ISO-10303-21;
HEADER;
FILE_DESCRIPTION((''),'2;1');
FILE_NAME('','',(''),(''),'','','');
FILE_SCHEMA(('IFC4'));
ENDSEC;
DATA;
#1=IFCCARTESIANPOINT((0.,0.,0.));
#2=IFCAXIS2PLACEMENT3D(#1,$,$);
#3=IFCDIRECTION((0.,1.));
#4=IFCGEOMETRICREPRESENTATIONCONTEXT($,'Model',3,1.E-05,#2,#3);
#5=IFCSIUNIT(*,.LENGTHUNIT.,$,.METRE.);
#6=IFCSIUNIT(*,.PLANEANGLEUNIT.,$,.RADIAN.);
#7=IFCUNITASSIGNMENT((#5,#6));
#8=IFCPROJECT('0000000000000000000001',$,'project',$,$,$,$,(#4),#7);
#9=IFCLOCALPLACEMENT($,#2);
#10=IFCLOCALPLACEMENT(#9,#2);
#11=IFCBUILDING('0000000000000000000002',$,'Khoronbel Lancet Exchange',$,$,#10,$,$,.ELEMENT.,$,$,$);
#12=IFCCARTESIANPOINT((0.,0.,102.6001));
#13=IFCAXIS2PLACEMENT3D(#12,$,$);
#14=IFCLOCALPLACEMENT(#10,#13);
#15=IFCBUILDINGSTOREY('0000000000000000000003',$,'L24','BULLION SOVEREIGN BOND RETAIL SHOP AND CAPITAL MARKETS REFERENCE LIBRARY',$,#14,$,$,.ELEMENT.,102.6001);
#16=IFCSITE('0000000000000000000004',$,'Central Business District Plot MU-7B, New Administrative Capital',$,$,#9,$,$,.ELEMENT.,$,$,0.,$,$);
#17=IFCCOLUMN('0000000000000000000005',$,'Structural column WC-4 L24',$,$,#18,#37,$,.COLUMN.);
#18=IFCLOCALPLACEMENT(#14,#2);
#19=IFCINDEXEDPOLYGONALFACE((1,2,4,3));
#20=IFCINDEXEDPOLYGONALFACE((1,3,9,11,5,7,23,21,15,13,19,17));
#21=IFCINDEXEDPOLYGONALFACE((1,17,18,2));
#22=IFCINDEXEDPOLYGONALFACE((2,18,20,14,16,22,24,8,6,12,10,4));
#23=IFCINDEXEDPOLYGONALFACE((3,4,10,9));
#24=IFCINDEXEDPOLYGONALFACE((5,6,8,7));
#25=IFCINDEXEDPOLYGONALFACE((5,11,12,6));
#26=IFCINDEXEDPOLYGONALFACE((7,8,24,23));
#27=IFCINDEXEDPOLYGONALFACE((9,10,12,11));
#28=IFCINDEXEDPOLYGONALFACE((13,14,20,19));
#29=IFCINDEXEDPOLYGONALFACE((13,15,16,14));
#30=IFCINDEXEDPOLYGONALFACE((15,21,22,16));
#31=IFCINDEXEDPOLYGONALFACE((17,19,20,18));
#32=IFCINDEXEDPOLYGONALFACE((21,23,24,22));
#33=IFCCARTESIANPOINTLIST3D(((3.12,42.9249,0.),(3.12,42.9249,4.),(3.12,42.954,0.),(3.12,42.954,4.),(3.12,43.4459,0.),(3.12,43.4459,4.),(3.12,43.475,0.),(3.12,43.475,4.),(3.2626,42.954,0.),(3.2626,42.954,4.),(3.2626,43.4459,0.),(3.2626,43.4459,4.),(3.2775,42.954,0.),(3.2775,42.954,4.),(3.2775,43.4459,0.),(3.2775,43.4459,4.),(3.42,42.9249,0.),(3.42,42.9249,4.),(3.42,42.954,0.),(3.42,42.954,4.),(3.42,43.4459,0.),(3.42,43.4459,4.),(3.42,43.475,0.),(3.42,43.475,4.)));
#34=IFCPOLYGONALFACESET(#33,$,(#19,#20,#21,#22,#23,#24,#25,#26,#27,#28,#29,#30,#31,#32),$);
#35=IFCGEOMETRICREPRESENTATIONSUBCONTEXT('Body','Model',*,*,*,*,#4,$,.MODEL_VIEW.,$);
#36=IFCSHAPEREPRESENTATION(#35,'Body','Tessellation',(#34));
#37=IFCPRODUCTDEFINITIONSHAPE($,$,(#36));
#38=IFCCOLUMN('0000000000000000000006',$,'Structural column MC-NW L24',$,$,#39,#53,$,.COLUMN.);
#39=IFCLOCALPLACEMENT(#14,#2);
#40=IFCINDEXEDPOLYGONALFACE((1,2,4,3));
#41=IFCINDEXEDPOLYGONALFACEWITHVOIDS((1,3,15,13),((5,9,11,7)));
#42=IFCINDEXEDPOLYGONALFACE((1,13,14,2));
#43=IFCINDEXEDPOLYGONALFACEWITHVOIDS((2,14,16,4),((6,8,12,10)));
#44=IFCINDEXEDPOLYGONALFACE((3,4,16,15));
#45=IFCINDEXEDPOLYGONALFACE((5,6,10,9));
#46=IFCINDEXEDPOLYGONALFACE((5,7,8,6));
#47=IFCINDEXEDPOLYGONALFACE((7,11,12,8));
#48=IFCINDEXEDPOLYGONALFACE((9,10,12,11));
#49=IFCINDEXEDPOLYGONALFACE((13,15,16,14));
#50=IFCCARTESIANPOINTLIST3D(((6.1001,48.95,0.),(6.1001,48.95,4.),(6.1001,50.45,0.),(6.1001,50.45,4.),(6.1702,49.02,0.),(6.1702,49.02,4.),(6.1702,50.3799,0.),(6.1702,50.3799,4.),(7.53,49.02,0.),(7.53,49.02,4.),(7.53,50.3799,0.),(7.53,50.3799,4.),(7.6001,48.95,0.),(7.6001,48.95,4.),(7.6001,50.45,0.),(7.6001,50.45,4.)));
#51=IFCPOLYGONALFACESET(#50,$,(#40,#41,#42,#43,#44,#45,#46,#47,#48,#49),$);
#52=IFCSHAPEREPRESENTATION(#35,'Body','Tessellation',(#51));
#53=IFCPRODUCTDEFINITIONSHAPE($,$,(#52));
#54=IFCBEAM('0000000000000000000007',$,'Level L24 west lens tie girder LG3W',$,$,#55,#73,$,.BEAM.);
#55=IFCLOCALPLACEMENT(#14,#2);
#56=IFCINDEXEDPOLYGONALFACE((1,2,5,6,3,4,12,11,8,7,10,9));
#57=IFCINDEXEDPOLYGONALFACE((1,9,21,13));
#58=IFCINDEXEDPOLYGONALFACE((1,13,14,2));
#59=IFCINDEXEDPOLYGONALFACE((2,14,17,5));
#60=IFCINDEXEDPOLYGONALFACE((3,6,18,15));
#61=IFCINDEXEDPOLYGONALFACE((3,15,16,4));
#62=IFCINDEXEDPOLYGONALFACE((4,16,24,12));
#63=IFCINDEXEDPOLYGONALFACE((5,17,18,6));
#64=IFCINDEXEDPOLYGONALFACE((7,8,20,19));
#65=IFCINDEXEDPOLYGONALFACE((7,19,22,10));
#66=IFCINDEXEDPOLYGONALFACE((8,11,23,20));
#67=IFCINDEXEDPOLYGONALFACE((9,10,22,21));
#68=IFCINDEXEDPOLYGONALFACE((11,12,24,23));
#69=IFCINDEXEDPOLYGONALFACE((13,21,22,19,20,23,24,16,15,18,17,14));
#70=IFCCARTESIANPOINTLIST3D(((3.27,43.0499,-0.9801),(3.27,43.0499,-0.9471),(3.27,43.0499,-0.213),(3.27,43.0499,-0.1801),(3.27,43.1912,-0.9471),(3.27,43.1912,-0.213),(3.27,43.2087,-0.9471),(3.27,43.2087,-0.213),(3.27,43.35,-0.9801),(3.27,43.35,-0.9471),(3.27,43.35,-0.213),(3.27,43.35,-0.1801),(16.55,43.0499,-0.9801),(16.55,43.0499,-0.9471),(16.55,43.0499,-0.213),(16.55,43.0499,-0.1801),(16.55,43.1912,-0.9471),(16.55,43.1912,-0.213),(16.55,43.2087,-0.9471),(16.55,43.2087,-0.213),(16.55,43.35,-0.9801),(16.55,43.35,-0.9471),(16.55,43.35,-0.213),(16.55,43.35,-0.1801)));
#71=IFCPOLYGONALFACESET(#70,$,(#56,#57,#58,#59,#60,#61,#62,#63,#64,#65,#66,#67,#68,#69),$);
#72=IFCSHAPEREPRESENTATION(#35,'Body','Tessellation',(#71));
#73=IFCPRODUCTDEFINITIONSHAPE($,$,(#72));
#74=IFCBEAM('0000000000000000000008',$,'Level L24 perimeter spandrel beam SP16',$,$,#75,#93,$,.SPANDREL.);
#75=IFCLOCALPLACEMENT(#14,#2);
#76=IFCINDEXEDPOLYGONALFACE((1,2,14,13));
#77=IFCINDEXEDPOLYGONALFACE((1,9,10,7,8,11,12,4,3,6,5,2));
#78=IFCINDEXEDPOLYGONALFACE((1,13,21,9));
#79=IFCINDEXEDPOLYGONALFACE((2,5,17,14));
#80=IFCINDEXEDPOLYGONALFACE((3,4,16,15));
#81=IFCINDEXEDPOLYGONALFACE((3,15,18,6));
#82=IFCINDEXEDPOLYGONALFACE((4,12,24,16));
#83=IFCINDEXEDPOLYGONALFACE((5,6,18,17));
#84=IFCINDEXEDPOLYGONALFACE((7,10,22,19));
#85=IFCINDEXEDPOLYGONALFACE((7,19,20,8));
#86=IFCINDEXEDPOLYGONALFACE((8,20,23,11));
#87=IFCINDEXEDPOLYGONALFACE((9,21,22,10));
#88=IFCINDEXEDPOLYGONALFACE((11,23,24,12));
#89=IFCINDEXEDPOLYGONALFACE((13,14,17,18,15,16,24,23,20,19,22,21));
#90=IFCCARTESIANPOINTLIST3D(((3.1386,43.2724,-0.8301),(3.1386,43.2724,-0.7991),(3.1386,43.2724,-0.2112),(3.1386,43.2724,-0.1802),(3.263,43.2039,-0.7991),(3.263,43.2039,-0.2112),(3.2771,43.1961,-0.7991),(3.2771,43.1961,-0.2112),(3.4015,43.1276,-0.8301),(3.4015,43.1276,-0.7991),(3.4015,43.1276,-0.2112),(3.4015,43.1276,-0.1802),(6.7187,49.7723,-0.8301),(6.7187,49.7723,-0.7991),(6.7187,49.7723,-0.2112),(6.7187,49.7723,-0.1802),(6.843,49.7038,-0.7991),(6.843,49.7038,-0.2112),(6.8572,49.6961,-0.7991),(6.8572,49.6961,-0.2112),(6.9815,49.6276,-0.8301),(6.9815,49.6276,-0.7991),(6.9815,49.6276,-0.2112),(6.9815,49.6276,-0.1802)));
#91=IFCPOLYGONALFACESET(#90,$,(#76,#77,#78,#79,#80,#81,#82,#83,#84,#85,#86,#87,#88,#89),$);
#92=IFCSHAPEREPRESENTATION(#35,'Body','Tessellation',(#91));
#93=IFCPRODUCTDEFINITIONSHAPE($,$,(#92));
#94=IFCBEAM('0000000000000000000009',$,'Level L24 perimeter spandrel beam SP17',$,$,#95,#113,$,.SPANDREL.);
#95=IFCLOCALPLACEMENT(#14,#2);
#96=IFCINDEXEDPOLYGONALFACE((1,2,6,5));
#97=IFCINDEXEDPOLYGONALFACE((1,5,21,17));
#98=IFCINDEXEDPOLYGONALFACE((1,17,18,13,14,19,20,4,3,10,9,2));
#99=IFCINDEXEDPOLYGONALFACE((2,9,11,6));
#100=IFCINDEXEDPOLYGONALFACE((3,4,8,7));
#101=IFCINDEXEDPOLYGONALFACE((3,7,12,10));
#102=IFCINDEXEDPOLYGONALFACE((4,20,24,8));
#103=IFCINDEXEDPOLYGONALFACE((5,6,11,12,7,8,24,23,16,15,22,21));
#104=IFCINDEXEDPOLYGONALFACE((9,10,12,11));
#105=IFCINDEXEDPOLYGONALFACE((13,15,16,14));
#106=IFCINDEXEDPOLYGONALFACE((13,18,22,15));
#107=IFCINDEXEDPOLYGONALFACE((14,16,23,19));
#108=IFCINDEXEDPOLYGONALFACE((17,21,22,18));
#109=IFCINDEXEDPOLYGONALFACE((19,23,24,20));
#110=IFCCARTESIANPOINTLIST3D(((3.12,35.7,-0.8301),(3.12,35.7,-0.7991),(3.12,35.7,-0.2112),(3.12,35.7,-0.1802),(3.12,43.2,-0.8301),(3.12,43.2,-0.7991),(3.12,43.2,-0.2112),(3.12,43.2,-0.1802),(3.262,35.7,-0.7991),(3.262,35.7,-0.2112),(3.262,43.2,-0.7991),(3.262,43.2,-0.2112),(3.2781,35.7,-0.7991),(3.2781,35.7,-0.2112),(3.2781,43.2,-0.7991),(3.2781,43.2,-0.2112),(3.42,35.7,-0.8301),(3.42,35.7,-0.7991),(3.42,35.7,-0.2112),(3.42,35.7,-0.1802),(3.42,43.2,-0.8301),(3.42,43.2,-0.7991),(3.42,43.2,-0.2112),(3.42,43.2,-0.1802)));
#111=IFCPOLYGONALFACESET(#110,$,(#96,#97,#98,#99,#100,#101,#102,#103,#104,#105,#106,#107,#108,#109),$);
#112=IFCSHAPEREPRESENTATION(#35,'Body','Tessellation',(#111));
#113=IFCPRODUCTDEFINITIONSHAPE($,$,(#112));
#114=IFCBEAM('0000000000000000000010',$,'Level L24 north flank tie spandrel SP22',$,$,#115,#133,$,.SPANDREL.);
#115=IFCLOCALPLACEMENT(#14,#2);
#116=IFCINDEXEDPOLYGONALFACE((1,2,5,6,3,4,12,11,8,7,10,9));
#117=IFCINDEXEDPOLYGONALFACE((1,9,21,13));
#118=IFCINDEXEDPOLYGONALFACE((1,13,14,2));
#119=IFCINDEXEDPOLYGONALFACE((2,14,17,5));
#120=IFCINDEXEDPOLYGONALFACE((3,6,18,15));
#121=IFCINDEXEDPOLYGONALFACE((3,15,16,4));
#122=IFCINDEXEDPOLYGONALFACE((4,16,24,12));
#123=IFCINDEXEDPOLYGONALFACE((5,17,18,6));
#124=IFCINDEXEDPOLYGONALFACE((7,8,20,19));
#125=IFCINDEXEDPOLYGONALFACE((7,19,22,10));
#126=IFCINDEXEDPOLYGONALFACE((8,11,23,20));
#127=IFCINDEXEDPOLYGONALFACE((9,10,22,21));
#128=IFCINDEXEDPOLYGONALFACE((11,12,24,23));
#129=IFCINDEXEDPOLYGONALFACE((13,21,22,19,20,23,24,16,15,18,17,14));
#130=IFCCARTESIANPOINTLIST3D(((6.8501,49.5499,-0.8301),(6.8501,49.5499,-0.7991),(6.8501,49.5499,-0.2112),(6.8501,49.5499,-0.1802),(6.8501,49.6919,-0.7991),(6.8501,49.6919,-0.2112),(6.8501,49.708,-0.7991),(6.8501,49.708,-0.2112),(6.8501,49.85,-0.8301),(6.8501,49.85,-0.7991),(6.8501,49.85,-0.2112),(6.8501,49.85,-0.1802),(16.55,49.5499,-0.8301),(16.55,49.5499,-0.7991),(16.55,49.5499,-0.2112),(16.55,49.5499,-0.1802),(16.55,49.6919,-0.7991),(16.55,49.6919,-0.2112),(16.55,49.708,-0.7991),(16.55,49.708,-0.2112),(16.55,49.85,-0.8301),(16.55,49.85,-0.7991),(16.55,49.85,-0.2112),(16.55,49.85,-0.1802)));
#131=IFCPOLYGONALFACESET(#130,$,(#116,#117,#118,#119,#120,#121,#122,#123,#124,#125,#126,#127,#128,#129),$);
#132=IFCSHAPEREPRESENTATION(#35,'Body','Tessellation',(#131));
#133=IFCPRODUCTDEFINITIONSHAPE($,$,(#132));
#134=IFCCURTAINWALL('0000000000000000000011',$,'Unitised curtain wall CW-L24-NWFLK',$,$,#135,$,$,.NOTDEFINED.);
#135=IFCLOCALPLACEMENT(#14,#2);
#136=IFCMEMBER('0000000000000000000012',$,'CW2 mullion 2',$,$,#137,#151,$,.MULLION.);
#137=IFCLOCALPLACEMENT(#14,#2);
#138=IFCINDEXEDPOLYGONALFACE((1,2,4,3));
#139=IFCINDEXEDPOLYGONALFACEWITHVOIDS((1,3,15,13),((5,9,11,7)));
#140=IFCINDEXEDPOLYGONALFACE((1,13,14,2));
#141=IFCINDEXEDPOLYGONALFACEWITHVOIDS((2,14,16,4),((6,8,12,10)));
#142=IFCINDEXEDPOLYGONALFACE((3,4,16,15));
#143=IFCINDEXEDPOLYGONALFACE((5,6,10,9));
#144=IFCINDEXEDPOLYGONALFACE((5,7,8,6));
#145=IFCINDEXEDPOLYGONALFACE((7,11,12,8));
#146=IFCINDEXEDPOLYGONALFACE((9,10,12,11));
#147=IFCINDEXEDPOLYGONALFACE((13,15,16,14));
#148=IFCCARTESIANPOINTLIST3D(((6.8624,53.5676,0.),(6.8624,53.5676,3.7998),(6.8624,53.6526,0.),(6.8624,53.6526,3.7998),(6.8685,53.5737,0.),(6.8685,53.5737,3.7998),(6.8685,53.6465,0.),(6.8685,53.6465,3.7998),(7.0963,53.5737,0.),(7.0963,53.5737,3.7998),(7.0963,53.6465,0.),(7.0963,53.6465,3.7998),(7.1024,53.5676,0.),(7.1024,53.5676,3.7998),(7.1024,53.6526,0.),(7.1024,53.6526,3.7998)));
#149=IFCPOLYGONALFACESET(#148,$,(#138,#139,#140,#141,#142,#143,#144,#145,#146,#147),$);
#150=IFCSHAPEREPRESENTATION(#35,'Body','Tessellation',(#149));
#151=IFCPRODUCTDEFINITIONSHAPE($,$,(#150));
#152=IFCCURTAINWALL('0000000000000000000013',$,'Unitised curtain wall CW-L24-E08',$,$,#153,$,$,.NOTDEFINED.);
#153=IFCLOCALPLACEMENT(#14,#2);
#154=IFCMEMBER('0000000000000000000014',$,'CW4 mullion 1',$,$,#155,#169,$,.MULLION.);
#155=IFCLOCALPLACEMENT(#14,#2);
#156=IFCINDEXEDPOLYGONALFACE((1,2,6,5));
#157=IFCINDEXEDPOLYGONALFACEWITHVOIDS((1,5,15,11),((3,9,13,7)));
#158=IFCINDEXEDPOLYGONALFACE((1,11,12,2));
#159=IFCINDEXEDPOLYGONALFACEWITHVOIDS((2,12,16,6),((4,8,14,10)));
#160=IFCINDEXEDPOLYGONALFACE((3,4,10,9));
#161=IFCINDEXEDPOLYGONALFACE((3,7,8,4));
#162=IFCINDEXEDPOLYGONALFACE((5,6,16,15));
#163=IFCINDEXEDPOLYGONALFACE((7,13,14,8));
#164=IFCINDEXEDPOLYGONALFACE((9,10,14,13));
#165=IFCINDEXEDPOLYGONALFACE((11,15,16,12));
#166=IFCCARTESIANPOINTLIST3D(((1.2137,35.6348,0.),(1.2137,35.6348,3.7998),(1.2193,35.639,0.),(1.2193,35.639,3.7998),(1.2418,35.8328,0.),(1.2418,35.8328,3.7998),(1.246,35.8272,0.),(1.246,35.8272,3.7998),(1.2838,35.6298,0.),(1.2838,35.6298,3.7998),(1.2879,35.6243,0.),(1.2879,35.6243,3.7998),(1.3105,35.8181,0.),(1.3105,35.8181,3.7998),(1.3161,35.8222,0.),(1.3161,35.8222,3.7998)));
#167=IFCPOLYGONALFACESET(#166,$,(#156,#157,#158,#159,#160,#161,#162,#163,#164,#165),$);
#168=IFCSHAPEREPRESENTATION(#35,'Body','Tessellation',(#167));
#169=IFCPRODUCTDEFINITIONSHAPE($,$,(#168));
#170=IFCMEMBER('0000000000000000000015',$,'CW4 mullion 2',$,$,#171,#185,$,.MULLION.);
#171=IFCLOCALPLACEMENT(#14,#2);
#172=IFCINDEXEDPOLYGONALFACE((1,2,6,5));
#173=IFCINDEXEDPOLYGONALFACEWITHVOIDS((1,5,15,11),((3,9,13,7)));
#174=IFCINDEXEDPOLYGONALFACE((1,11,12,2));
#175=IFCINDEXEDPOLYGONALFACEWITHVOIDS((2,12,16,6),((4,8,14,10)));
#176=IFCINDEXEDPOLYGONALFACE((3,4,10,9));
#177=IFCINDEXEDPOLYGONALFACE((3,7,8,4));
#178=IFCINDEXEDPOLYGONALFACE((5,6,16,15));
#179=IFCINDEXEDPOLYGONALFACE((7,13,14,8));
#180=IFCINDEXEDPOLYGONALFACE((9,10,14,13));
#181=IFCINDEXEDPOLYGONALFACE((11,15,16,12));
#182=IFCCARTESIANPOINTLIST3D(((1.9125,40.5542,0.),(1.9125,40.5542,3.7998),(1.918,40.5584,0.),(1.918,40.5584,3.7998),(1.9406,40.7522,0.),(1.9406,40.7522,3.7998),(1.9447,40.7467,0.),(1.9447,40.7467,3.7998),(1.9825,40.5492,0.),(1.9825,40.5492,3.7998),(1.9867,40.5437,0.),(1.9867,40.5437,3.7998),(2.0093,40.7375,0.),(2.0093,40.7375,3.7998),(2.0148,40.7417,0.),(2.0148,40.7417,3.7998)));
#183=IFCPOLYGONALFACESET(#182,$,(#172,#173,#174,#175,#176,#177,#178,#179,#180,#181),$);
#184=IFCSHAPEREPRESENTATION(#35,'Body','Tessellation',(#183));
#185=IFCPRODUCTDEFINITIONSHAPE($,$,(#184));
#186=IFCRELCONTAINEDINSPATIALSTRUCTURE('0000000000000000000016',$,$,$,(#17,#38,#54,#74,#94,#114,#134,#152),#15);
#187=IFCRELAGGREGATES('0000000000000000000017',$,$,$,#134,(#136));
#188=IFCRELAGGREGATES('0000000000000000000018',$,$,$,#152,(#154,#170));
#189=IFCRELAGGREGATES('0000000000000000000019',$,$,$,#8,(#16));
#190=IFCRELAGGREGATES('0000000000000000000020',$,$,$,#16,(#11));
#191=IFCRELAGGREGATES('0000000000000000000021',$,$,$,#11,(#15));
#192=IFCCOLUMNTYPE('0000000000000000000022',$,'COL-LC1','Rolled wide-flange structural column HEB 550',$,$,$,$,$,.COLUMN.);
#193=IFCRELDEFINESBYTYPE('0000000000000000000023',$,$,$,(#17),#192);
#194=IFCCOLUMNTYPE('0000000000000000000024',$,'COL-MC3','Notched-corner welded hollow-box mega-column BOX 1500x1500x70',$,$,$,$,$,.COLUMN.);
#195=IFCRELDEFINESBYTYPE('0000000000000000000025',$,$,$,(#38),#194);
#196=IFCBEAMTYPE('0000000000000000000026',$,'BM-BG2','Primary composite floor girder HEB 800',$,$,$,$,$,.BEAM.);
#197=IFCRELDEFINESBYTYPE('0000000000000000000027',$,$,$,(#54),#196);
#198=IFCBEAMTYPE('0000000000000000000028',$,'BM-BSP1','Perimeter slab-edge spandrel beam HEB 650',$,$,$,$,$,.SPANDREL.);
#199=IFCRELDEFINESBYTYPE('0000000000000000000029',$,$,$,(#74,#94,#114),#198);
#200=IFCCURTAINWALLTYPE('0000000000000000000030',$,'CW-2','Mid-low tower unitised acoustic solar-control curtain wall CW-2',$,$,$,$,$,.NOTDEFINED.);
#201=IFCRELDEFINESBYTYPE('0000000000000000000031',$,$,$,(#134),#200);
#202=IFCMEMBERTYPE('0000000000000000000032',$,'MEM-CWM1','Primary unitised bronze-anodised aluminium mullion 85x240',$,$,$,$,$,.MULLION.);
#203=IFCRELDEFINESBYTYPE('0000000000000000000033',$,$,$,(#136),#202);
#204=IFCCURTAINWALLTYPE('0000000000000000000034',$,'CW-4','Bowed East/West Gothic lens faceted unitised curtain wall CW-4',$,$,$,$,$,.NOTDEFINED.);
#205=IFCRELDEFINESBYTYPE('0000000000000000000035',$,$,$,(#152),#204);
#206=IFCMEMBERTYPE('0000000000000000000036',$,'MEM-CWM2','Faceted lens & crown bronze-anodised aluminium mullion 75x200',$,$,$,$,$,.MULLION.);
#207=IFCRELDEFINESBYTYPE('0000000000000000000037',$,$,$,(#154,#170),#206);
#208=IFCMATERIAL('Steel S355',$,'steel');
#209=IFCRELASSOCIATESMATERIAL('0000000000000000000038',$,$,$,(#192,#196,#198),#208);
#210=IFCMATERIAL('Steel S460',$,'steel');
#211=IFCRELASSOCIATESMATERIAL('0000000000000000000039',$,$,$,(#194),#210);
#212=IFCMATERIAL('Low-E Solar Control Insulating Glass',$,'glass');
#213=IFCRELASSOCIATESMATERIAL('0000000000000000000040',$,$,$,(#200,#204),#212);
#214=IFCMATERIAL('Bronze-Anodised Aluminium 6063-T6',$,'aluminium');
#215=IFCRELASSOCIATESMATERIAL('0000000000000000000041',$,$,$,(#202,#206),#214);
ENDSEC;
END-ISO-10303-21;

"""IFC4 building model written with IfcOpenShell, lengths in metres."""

from ifc_helpers import new_model, si_unit, direction, frame, origin, origin_2d, place, context, subcontext, project, spatial, hollow_rectangle, i_section, extrude, material, material_profile, profile_set, type_object, element, aggregate, save


model = new_model("IFC4")

# Units and contexts
model_context = context("Model", 3, precision=1e-05, world=origin(), true_north=direction((0.0, 1.0)))
body_context = subcontext(model_context, "Body", "Model", "MODEL_VIEW")
ifc_project = project(units=[si_unit("LENGTHUNIT", "METRE"), si_unit("PLANEANGLEUNIT", "RADIAN")], contexts=[model_context])

# Site, building, storey
site_placement = place(None, origin())
site = spatial("IfcSite", under=ifc_project, at=site_placement, Name="Central Business District Plot MU-7B, New Administrative Capital", CompositionType="ELEMENT", RefElevation=0.0)
building_placement = place(site_placement, origin())
building = spatial("IfcBuilding", under=site, at=building_placement, Name="Khoronbel Lancet Exchange", CompositionType="ELEMENT")
storey_placement = place(building_placement, frame((0.0, 0.0, 102.6001)))
storey = spatial("IfcBuildingStorey", under=building, at=storey_placement, Name="L24", Description="BULLION SOVEREIGN BOND RETAIL SHOP AND CAPITAL MARKETS REFERENCE LIBRARY", CompositionType="ELEMENT", Elevation=102.6001)

# Columns
ifc_material_1 = material(Name="Steel S355", Category="steel")
ifc_material_profile_1 = material_profile(ifc_material_1, i_section(OverallWidth=0.3, OverallDepth=0.55, WebThickness=0.0149, FlangeThickness=0.0291, at=origin_2d()), Name="HEB 550")
ifc_profile_set_1 = profile_set([ifc_material_profile_1], Name="Steel S355")
column_type_1 = type_object("IfcColumnType", Name="COL-LC1", Description="Rolled wide-flange structural column HEB 550", PredefinedType="COLUMN", material=ifc_profile_set_1)
column_1_placement = place(storey_placement, frame((3.27, 43.2, 0.0), z_axis=(0.0, 0.0, 1.0), x_axis=(1.0, 0.0, 0.0)))
element("IfcColumn", 1, at=column_1_placement, inside=storey, type_object=column_type_1, Name="Structural column WC-4 L24", PredefinedType="COLUMN", context=body_context, shape_type="SweptSolid", body=[
    extrude(i_section(OverallWidth=0.3, OverallDepth=0.55, WebThickness=0.0149, FlangeThickness=0.0291, at=origin_2d()), origin(), (0.0, 0.0, 1.0), 4.0),
])
ifc_material_2 = material(Name="Steel S460", Category="steel")
ifc_material_profile_2 = material_profile(ifc_material_2, hollow_rectangle(XDim=1.5, YDim=1.5, WallThickness=0.0701, at=origin_2d()), Name="BOX 1500x1500x70")
ifc_profile_set_2 = profile_set([ifc_material_profile_2], Name="Steel S460")
column_type_2 = type_object("IfcColumnType", Name="COL-MC3", Description="Notched-corner welded hollow-box mega-column BOX 1500x1500x70", PredefinedType="COLUMN", material=ifc_profile_set_2)
column_2_placement = place(storey_placement, frame((6.8501, 49.7, 0.0), z_axis=(0.0, 0.0, 1.0), x_axis=(1.0, 0.0, 0.0)))
element("IfcColumn", 2, at=column_2_placement, inside=storey, type_object=column_type_2, Name="Structural column MC-NW L24", PredefinedType="COLUMN", context=body_context, shape_type="SweptSolid", body=[
    extrude(hollow_rectangle(XDim=1.5, YDim=1.5, WallThickness=0.0701, at=origin_2d()), origin(), (0.0, 0.0, 1.0), 4.0),
])

# Beams
ifc_material_profile_3 = material_profile(ifc_material_1, i_section(OverallWidth=0.3, OverallDepth=0.8, WebThickness=0.0176, FlangeThickness=0.033, at=origin_2d()), Name="HEB 800")
ifc_profile_set_3 = profile_set([ifc_material_profile_3], Name="Steel S355")
beam_type_1 = type_object("IfcBeamType", Name="BM-BG2", Description="Primary composite floor girder HEB 800", PredefinedType="BEAM", material=ifc_profile_set_3)
beam_1_placement = place(storey_placement, frame((3.27, 43.2, -0.5801), z_axis=(1.0, 0.0, 0.0), x_axis=(0.0, 1.0, 0.0)))
element("IfcBeam", 3, at=beam_1_placement, inside=storey, type_object=beam_type_1, Name="Level L24 west lens tie girder LG3W", PredefinedType="BEAM", context=body_context, shape_type="SweptSolid", body=[
    extrude(i_section(OverallWidth=0.3, OverallDepth=0.8, WebThickness=0.0176, FlangeThickness=0.033, at=origin_2d()), origin(), (0.0, 0.0, 1.0), 13.28),
])
ifc_material_profile_4 = material_profile(ifc_material_1, i_section(OverallWidth=0.3, OverallDepth=0.6499, WebThickness=0.0161, FlangeThickness=0.031, at=origin_2d()), Name="HEB 650")
ifc_profile_set_4 = profile_set([ifc_material_profile_4], Name="Steel S355")
beam_type_2 = type_object("IfcBeamType", Name="BM-BSP1", Description="Perimeter slab-edge spandrel beam HEB 650", PredefinedType="SPANDREL", material=ifc_profile_set_4)
beam_2_placement = place(storey_placement, frame((6.8501, 49.7, -0.5051), z_axis=(-0.482444, -0.875927, 0.0), x_axis=(0.875927, -0.482444, 0.0)))
element("IfcBeam", 4, at=beam_2_placement, inside=storey, type_object=beam_type_2, Name="Level L24 perimeter spandrel beam SP16", PredefinedType="SPANDREL", context=body_context, shape_type="SweptSolid", body=[
    extrude(i_section(OverallWidth=0.3, OverallDepth=0.6499, WebThickness=0.0161, FlangeThickness=0.031, at=origin_2d()), origin(), (0.0, 0.0, 1.0), 7.4207),
])
beam_3_placement = place(storey_placement, frame((3.27, 43.2, -0.5051), z_axis=(0.0, -1.0, 0.0), x_axis=(1.0, 0.0, 0.0)))
element("IfcBeam", 5, at=beam_3_placement, inside=storey, type_object=beam_type_2, Name="Level L24 perimeter spandrel beam SP17", PredefinedType="SPANDREL", context=body_context, shape_type="SweptSolid", body=[
    extrude(i_section(OverallWidth=0.3, OverallDepth=0.6499, WebThickness=0.0161, FlangeThickness=0.031, at=origin_2d()), origin(), (0.0, 0.0, 1.0), 7.5),
])
beam_4_placement = place(storey_placement, frame((6.8501, 49.7, -0.5051), z_axis=(1.0, 0.0, 0.0), x_axis=(0.0, 1.0, 0.0)))
element("IfcBeam", 6, at=beam_4_placement, inside=storey, type_object=beam_type_2, Name="Level L24 north flank tie spandrel SP22", PredefinedType="SPANDREL", context=body_context, shape_type="SweptSolid", body=[
    extrude(i_section(OverallWidth=0.3, OverallDepth=0.6499, WebThickness=0.0161, FlangeThickness=0.031, at=origin_2d()), origin(), (0.0, 0.0, 1.0), 9.7),
])

# Curtain wall, member
ifc_material_3 = material(Name="Low-E Solar Control Insulating Glass", Category="glass")
curtain_wall_type_1 = type_object("IfcCurtainWallType", Name="CW-2", Description="Mid-low tower unitised acoustic solar-control curtain wall CW-2", PredefinedType="NOTDEFINED", material=ifc_material_3)
curtain_wall_1_placement = place(storey_placement, origin())
curtain_wall_1 = element("IfcCurtainWall", 7, at=curtain_wall_1_placement, inside=storey, type_object=curtain_wall_type_1, Name="Unitised curtain wall CW-L24-NWFLK", PredefinedType="NOTDEFINED")
ifc_material_4 = material(Name="Bronze-Anodised Aluminium 6063-T6", Category="aluminium")
ifc_material_profile_5 = material_profile(ifc_material_4, hollow_rectangle(XDim=0.085, YDim=0.24, WallThickness=0.0061, at=origin_2d()), Name="ALU MULLION 85x240")
ifc_profile_set_5 = profile_set([ifc_material_profile_5], Name="Bronze-Anodised Aluminium 6063-T6")
member_type_1 = type_object("IfcMemberType", Name="MEM-CWM1", Description="Primary unitised bronze-anodised aluminium mullion 85x240", PredefinedType="MULLION", material=ifc_profile_set_5)
member_1_placement = place(storey_placement, frame((6.9824, 53.6101, 0.0), z_axis=(0.0, 0.0, 1.0), x_axis=(0.0, -1.0, 0.0)))
member_1 = element("IfcMember", 8, at=member_1_placement, type_object=member_type_1, Name="CW2 mullion 2", PredefinedType="MULLION", context=body_context, shape_type="SweptSolid", body=[
    extrude(hollow_rectangle(XDim=0.085, YDim=0.24, WallThickness=0.0061, at=origin_2d()), origin(), (0.0, 0.0, 1.0), 3.7998),
])
aggregate(curtain_wall_1, [member_1])

# Curtain wall, members
curtain_wall_type_2 = type_object("IfcCurtainWallType", Name="CW-4", Description="Bowed East/West Gothic lens faceted unitised curtain wall CW-4", PredefinedType="NOTDEFINED", material=ifc_material_3)
curtain_wall_2_placement = place(storey_placement, origin())
curtain_wall_2 = element("IfcCurtainWall", 9, at=curtain_wall_2_placement, inside=storey, type_object=curtain_wall_type_2, Name="Unitised curtain wall CW-L24-E08", PredefinedType="NOTDEFINED")
ifc_material_profile_6 = material_profile(ifc_material_4, hollow_rectangle(XDim=0.075, YDim=0.2, WallThickness=0.0049, at=origin_2d()), Name="ALU MULLION 75x200")
ifc_profile_set_6 = profile_set([ifc_material_profile_6], Name="Bronze-Anodised Aluminium 6063-T6")
member_type_2 = type_object("IfcMemberType", Name="MEM-CWM2", Description="Faceted lens & crown bronze-anodised aluminium mullion 75x200", PredefinedType="MULLION", material=ifc_profile_set_6)
member_2_placement = place(storey_placement, frame((1.2649, 35.7285, 0.0), z_axis=(0.0, 0.0, 1.0), x_axis=(-0.990066, 0.140605, 0.0)))
member_2 = element("IfcMember", 10, at=member_2_placement, type_object=member_type_2, Name="CW4 mullion 1", PredefinedType="MULLION", context=body_context, shape_type="SweptSolid", body=[
    extrude(hollow_rectangle(XDim=0.075, YDim=0.2, WallThickness=0.0049, at=origin_2d()), origin(), (0.0, 0.0, 1.0), 3.7998),
])
member_3_placement = place(storey_placement, frame((1.9636, 40.6479, 0.0), z_axis=(0.0, 0.0, 1.0), x_axis=(-0.990066, 0.140605, 0.0)))
member_3 = element("IfcMember", 11, at=member_3_placement, type_object=member_type_2, Name="CW4 mullion 2", PredefinedType="MULLION", context=body_context, shape_type="SweptSolid", body=[
    extrude(hollow_rectangle(XDim=0.075, YDim=0.2, WallThickness=0.0049, at=origin_2d()), origin(), (0.0, 0.0, 1.0), 3.7998),
])

aggregate(curtain_wall_2, [member_2, member_3])

save(model, "model.ifc")
